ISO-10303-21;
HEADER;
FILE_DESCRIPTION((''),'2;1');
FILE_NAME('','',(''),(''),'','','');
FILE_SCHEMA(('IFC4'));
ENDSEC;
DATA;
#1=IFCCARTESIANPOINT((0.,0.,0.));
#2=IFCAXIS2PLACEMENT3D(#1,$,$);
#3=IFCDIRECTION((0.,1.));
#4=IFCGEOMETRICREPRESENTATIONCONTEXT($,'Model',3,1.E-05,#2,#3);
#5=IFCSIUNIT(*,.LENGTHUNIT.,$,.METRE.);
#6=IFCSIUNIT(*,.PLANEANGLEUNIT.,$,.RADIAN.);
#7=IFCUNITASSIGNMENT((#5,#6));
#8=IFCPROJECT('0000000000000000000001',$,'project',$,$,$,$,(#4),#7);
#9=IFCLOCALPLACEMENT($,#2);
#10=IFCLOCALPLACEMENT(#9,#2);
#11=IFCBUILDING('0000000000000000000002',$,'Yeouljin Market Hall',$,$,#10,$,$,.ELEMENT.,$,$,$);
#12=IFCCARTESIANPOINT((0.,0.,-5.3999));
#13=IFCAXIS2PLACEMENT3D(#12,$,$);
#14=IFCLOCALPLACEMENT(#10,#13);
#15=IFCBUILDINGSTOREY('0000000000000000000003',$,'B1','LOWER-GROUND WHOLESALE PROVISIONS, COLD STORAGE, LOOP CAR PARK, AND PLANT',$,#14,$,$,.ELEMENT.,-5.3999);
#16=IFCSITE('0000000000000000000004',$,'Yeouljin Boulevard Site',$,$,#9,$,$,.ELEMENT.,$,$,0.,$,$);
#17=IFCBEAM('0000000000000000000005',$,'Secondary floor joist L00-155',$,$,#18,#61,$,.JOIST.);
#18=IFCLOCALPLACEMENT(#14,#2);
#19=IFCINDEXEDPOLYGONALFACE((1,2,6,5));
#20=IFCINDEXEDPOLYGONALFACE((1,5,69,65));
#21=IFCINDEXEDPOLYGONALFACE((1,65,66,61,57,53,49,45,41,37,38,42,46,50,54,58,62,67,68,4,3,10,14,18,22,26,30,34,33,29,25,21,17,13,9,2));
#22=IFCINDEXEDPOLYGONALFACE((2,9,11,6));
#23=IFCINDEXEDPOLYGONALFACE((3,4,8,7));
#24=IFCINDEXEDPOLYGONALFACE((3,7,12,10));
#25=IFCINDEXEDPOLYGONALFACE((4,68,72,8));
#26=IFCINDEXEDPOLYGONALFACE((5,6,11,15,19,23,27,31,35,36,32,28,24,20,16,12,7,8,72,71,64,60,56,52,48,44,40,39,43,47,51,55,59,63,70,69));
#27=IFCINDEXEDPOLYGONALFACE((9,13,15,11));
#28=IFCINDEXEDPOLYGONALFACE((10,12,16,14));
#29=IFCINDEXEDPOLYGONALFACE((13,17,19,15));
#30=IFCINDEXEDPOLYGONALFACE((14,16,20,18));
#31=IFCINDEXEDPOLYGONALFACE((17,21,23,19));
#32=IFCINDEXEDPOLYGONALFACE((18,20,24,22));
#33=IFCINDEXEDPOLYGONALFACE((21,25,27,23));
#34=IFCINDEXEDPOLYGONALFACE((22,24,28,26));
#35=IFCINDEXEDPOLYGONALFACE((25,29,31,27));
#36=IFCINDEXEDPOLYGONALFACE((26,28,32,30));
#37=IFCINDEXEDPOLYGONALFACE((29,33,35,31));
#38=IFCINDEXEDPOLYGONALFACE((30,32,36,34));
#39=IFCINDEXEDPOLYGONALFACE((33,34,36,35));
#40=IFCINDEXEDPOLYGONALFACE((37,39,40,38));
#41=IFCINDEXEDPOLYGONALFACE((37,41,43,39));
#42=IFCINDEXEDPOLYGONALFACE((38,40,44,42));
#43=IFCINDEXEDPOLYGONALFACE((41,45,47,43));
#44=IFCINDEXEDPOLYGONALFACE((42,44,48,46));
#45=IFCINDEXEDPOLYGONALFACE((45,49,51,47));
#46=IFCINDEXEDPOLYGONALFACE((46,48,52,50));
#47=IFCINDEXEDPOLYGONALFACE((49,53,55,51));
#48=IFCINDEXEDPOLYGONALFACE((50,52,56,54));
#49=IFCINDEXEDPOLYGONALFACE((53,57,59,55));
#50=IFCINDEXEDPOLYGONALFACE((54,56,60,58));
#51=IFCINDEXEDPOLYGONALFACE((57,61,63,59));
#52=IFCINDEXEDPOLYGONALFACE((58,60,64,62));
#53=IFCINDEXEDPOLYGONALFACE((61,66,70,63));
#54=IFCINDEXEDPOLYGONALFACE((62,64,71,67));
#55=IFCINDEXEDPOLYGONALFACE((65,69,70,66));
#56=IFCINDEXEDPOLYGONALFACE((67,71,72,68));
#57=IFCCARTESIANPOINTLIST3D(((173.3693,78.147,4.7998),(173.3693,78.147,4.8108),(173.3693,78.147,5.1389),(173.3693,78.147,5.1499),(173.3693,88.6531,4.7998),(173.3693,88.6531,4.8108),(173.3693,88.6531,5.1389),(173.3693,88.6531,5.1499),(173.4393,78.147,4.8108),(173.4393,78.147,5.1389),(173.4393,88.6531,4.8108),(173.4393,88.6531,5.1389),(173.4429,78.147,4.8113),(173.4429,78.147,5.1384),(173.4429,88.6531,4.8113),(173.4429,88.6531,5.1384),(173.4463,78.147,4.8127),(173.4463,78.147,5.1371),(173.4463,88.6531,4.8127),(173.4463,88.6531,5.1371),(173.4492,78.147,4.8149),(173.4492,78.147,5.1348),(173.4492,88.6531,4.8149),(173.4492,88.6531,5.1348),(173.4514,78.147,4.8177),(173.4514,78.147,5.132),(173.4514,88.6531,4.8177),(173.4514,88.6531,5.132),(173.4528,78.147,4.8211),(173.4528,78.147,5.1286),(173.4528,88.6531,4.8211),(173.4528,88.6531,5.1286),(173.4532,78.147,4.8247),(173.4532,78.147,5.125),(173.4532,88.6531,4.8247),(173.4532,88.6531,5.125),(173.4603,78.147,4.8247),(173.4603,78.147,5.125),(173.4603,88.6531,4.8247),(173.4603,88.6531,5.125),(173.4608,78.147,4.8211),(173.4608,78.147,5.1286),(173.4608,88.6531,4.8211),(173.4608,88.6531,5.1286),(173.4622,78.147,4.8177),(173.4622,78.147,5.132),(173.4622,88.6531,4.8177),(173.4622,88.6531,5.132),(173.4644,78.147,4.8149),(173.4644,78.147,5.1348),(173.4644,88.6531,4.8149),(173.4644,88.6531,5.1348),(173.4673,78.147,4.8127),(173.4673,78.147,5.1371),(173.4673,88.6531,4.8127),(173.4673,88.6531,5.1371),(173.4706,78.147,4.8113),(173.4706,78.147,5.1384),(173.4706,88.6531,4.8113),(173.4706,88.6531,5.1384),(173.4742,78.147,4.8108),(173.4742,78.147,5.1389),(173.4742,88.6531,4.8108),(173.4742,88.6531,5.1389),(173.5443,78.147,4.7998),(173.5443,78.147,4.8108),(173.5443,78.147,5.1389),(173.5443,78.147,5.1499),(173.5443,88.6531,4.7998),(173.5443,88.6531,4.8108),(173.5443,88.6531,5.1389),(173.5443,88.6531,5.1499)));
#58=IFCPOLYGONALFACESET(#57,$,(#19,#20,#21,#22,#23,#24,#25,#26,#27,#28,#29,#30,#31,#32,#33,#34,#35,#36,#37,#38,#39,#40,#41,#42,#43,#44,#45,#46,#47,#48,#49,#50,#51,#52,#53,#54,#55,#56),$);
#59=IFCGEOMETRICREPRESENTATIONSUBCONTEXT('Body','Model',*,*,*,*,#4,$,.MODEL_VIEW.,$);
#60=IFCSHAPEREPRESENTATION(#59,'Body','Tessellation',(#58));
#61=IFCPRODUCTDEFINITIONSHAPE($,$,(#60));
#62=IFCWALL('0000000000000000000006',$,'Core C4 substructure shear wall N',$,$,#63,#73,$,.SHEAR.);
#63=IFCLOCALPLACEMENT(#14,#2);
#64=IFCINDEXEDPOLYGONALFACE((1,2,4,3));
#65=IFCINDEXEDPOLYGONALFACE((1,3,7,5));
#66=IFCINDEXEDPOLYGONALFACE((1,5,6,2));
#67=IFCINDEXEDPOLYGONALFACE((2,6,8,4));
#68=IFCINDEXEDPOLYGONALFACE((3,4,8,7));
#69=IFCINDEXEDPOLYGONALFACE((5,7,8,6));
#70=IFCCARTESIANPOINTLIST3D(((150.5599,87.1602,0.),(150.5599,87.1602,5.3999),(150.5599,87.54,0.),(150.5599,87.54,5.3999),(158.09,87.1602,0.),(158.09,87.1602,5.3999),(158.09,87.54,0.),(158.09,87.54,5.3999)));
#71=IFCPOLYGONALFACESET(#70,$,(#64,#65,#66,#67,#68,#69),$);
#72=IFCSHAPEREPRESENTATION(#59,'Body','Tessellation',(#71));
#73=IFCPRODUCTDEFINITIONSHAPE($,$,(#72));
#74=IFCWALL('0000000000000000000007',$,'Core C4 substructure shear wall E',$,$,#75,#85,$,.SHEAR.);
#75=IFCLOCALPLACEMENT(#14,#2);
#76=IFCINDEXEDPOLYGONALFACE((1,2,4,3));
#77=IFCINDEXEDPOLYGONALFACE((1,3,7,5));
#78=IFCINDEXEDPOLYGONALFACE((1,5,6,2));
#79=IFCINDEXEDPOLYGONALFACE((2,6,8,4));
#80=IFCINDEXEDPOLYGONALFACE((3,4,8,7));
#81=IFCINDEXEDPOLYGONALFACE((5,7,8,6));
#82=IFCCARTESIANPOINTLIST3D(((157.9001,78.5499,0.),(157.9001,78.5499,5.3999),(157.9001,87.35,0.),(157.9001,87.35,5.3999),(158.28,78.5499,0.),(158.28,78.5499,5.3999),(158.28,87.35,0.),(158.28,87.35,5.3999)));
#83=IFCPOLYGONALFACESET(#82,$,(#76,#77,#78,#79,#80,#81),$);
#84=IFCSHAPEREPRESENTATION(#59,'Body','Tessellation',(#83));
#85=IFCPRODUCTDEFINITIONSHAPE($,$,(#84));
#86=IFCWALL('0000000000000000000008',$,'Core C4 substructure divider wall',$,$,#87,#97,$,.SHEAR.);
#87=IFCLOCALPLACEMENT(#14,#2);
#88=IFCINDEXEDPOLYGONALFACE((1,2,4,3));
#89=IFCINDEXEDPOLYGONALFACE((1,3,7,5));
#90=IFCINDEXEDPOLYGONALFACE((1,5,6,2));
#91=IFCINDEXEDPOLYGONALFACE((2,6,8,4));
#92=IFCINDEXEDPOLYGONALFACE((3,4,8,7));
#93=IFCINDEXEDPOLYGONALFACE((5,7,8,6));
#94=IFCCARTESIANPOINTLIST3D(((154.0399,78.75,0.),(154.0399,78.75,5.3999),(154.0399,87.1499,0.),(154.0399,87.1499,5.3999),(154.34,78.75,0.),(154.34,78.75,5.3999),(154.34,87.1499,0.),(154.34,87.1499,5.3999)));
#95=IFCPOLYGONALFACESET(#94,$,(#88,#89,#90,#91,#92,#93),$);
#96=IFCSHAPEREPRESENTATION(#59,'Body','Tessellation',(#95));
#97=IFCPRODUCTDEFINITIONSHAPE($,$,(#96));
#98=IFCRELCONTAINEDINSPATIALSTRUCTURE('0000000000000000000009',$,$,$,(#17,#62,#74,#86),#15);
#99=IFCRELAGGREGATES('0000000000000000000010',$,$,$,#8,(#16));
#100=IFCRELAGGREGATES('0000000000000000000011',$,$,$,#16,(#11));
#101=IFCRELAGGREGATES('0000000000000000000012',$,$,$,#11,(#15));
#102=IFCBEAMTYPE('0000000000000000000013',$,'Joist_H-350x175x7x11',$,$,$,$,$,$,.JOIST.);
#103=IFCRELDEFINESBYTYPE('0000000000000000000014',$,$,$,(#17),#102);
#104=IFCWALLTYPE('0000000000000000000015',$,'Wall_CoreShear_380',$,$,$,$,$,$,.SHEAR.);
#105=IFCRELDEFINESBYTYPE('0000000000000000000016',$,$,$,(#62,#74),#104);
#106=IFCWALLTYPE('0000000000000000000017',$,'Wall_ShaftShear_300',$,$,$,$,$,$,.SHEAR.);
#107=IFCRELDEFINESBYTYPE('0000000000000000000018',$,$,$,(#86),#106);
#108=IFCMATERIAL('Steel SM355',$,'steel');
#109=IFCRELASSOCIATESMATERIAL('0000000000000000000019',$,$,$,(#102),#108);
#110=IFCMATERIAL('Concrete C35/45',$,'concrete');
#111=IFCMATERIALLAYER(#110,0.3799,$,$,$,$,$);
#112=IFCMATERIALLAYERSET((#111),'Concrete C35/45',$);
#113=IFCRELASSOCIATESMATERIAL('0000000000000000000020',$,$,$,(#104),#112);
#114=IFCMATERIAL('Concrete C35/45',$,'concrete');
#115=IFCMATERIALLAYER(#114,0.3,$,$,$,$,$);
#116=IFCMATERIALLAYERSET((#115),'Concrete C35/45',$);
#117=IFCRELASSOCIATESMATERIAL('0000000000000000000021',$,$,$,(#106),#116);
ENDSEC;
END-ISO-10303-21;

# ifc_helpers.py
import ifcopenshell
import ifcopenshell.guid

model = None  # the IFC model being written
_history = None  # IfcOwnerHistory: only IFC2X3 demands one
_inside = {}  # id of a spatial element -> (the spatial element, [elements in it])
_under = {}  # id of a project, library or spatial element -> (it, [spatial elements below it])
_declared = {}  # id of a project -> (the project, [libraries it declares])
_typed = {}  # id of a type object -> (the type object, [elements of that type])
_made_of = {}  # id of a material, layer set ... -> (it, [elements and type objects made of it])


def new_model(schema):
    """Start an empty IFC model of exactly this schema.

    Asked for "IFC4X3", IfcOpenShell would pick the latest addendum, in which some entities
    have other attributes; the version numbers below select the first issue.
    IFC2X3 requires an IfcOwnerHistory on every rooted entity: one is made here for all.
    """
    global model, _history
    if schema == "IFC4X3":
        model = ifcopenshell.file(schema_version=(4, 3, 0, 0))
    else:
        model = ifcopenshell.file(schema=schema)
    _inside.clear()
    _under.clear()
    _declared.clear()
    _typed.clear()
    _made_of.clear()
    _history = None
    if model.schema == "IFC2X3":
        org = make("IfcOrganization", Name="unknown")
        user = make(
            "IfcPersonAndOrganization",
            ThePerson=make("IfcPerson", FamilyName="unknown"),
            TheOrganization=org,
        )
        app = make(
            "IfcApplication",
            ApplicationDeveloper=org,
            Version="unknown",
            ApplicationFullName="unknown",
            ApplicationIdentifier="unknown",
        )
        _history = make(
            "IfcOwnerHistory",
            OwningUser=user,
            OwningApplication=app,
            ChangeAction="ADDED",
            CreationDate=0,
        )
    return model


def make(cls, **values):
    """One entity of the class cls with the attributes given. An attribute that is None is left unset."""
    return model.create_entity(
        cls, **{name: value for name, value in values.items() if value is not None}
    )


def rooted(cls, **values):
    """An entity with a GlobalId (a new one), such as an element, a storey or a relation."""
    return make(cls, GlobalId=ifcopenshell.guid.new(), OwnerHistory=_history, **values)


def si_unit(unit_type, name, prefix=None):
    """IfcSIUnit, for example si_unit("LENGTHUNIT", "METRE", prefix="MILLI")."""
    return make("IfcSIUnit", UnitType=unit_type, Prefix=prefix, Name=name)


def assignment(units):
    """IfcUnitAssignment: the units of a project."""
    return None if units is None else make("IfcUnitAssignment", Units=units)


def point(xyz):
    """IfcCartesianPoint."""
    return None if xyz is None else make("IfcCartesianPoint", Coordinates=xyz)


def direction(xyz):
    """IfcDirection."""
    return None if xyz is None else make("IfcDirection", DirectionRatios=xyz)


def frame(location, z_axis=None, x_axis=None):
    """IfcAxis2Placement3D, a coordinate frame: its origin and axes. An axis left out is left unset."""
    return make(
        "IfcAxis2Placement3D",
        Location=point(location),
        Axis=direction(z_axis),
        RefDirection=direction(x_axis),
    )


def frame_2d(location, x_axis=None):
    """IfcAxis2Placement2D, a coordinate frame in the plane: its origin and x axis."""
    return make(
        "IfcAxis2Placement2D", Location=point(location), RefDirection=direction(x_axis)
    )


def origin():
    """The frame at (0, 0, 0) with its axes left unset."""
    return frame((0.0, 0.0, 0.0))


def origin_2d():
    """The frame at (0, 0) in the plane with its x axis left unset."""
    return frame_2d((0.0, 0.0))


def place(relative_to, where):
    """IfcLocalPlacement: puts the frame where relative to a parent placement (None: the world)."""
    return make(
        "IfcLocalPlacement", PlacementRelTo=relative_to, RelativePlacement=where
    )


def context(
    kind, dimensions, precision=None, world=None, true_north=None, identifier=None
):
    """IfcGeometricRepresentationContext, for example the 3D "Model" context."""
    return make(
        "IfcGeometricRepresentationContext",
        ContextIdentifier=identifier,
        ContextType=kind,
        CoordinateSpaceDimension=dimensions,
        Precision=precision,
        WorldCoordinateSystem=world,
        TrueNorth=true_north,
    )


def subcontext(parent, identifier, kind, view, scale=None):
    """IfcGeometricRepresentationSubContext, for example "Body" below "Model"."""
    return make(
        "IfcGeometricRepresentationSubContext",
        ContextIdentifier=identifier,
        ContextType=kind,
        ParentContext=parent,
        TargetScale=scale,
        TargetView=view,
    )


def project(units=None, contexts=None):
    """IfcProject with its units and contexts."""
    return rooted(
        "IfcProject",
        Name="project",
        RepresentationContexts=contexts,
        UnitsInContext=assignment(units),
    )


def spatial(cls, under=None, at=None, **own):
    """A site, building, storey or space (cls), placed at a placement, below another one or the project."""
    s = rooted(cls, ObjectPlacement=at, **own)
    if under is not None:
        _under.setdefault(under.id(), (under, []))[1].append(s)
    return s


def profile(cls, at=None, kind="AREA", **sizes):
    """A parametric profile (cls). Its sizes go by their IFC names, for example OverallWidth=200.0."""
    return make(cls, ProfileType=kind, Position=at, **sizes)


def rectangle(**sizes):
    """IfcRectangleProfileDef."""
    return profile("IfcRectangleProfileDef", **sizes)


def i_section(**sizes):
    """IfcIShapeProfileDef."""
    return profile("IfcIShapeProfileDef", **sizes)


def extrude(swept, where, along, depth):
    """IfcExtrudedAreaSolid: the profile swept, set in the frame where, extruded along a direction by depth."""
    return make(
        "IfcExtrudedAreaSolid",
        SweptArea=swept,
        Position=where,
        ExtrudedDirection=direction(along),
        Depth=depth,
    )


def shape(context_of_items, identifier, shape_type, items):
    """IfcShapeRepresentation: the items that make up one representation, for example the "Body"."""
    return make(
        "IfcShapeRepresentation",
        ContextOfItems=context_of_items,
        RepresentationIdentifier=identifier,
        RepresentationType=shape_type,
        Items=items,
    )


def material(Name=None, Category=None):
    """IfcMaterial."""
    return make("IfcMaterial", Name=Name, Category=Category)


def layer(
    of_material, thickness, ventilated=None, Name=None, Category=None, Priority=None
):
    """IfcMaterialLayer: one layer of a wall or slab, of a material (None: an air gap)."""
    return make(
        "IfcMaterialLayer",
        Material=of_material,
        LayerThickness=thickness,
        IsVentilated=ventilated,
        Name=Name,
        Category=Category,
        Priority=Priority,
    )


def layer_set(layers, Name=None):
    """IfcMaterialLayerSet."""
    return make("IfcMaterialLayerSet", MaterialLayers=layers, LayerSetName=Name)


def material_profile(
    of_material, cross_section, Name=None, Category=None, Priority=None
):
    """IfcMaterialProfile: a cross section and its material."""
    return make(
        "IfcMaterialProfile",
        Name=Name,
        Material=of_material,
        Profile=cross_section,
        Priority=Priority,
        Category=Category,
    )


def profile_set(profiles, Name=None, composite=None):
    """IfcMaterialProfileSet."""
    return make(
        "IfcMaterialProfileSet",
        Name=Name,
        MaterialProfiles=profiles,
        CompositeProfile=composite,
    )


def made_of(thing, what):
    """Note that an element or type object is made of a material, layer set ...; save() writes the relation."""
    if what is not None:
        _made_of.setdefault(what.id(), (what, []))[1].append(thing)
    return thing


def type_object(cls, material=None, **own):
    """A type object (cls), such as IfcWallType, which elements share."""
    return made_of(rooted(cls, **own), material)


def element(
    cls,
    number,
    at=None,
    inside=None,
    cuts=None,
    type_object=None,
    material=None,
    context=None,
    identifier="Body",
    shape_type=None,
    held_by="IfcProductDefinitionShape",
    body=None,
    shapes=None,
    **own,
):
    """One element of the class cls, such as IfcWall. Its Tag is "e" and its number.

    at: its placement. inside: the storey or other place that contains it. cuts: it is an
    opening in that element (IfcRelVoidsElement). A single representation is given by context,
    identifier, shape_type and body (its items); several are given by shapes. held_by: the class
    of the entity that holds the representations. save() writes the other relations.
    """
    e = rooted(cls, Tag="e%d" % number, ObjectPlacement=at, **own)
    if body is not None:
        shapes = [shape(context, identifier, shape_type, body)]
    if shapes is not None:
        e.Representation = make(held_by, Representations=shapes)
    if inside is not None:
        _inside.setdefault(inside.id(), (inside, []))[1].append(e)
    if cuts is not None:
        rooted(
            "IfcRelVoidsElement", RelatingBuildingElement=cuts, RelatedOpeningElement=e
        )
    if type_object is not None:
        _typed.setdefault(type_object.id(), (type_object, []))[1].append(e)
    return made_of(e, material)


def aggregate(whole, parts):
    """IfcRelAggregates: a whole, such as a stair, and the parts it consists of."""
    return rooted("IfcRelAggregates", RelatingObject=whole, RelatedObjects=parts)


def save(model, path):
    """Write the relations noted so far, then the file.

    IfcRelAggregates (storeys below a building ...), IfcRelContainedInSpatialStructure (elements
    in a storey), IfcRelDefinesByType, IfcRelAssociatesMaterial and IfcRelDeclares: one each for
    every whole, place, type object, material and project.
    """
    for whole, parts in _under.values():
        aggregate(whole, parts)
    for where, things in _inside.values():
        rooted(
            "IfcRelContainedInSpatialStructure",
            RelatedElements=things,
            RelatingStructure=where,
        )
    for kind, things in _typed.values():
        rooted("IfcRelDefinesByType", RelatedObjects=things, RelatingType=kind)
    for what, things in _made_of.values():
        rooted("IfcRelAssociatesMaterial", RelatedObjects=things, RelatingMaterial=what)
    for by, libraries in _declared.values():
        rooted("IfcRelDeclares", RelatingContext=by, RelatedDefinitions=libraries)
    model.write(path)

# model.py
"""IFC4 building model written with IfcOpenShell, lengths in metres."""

from ifc_helpers import new_model, si_unit, direction, frame, frame_2d, origin, origin_2d, place, context, subcontext, project, spatial, rectangle, i_section, extrude, material, layer, layer_set, material_profile, profile_set, type_object, element, save


model = new_model("IFC4")

# Units and contexts
model_context = context("Model", 3, precision=1e-05, world=origin(), true_north=direction((0.0, 1.0)))
body_context = subcontext(model_context, "Body", "Model", "MODEL_VIEW")
ifc_project = project(units=[si_unit("LENGTHUNIT", "METRE"), si_unit("PLANEANGLEUNIT", "RADIAN")], contexts=[model_context])

# Site, building, storey
site_placement = place(None, origin())
site = spatial("IfcSite", under=ifc_project, at=site_placement, Name="Yeouljin Boulevard Site", CompositionType="ELEMENT", RefElevation=0.0)
building_placement = place(site_placement, origin())
building = spatial("IfcBuilding", under=site, at=building_placement, Name="Yeouljin Market Hall", CompositionType="ELEMENT")
storey_placement = place(building_placement, frame((0.0, 0.0, -5.3999)))
storey = spatial("IfcBuildingStorey", under=building, at=storey_placement, Name="B1", Description="LOWER-GROUND WHOLESALE PROVISIONS, COLD STORAGE, LOOP CAR PARK, AND PLANT", CompositionType="ELEMENT", Elevation=-5.3999)

# Beam
ifc_material_1 = material(Name="Steel SM355", Category="steel")
ifc_material_profile_1 = material_profile(ifc_material_1, i_section(OverallWidth=0.175, OverallDepth=0.3501, WebThickness=0.0071, FlangeThickness=0.011, FilletRadius=0.0139, at=origin_2d()), Name="H-350x175x7x11")
ifc_profile_set_1 = profile_set([ifc_material_profile_1], Name="Steel SM355")
beam_type_1 = type_object("IfcBeamType", Name="Joist_H-350x175x7x11", PredefinedType="JOIST", material=ifc_profile_set_1)
for number, where, z_axis, x_axis, name in (
    (1, (173.4568, 78.147, 4.9749), (0.0, 1.0, 0.0), (-1.0, 0.0, 0.0), "Secondary floor joist L00-155"),
):
    element("IfcBeam", number, at=place(storey_placement, frame(where, z_axis=z_axis, x_axis=x_axis)), inside=storey, type_object=beam_type_1, Name=name, PredefinedType="JOIST", context=body_context, shape_type="SweptSolid", body=[
        extrude(i_section(OverallWidth=0.175, OverallDepth=0.3501, WebThickness=0.0071, FlangeThickness=0.011, FilletRadius=0.0139, at=origin_2d()), origin(), (0.0, 0.0, 1.0), 10.5061),
    ])

# Walls
ifc_material_2 = material(Name="Concrete C35/45", Category="concrete")
ifc_layer_1 = layer(ifc_material_2, 0.3799)
ifc_layer_set_1 = layer_set([ifc_layer_1], Name="Concrete C35/45")
wall_type_1 = type_object("IfcWallType", Name="Wall_CoreShear_380", PredefinedType="SHEAR", material=ifc_layer_set_1)
wall_1_placement = place(storey_placement, frame((158.0901, 87.3501, 0.0), z_axis=(0.0, 0.0, 1.0), x_axis=(-1.0, 0.0, 0.0)))
element("IfcWall", 2, at=wall_1_placement, inside=storey, type_object=wall_type_1, Name="Core C4 substructure shear wall N", PredefinedType="SHEAR", context=body_context, shape_type="SweptSolid", body=[
    extrude(rectangle(XDim=7.53, YDim=0.3799, at=frame_2d((3.7651, 0.0))), origin(), (0.0, 0.0, 1.0), 5.3999),
])
wall_2_placement = place(storey_placement, frame((158.0901, 78.55, 0.0), z_axis=(0.0, 0.0, 1.0), x_axis=(0.0, 1.0, 0.0)))
element("IfcWall", 3, at=wall_2_placement, inside=storey, type_object=wall_type_1, Name="Core C4 substructure shear wall E", PredefinedType="SHEAR", context=body_context, shape_type="SweptSolid", body=[
    extrude(rectangle(XDim=8.8, YDim=0.3799, at=frame_2d((4.3999, 0.0))), origin(), (0.0, 0.0, 1.0), 5.3999),
])
ifc_material_3 = material(Name="Concrete C35/45", Category="concrete")
ifc_layer_2 = layer(ifc_material_3, 0.3)
ifc_layer_set_2 = layer_set([ifc_layer_2], Name="Concrete C35/45")
wall_type_2 = type_object("IfcWallType", Name="Wall_ShaftShear_300", PredefinedType="SHEAR", material=ifc_layer_set_2)
wall_3_placement = place(storey_placement, frame((154.1899, 78.75, 0.0), z_axis=(0.0, 0.0, 1.0), x_axis=(0.0, 1.0, 0.0)))
element("IfcWall", 4, at=wall_3_placement, inside=storey, type_object=wall_type_2, Name="Core C4 substructure divider wall", PredefinedType="SHEAR", context=body_context, shape_type="SweptSolid", body=[
    extrude(rectangle(XDim=8.3999, YDim=0.3, at=frame_2d((4.2, 0.0))), origin(), (0.0, 0.0, 1.0), 5.3999),
])

save(model, "model.ifc")
